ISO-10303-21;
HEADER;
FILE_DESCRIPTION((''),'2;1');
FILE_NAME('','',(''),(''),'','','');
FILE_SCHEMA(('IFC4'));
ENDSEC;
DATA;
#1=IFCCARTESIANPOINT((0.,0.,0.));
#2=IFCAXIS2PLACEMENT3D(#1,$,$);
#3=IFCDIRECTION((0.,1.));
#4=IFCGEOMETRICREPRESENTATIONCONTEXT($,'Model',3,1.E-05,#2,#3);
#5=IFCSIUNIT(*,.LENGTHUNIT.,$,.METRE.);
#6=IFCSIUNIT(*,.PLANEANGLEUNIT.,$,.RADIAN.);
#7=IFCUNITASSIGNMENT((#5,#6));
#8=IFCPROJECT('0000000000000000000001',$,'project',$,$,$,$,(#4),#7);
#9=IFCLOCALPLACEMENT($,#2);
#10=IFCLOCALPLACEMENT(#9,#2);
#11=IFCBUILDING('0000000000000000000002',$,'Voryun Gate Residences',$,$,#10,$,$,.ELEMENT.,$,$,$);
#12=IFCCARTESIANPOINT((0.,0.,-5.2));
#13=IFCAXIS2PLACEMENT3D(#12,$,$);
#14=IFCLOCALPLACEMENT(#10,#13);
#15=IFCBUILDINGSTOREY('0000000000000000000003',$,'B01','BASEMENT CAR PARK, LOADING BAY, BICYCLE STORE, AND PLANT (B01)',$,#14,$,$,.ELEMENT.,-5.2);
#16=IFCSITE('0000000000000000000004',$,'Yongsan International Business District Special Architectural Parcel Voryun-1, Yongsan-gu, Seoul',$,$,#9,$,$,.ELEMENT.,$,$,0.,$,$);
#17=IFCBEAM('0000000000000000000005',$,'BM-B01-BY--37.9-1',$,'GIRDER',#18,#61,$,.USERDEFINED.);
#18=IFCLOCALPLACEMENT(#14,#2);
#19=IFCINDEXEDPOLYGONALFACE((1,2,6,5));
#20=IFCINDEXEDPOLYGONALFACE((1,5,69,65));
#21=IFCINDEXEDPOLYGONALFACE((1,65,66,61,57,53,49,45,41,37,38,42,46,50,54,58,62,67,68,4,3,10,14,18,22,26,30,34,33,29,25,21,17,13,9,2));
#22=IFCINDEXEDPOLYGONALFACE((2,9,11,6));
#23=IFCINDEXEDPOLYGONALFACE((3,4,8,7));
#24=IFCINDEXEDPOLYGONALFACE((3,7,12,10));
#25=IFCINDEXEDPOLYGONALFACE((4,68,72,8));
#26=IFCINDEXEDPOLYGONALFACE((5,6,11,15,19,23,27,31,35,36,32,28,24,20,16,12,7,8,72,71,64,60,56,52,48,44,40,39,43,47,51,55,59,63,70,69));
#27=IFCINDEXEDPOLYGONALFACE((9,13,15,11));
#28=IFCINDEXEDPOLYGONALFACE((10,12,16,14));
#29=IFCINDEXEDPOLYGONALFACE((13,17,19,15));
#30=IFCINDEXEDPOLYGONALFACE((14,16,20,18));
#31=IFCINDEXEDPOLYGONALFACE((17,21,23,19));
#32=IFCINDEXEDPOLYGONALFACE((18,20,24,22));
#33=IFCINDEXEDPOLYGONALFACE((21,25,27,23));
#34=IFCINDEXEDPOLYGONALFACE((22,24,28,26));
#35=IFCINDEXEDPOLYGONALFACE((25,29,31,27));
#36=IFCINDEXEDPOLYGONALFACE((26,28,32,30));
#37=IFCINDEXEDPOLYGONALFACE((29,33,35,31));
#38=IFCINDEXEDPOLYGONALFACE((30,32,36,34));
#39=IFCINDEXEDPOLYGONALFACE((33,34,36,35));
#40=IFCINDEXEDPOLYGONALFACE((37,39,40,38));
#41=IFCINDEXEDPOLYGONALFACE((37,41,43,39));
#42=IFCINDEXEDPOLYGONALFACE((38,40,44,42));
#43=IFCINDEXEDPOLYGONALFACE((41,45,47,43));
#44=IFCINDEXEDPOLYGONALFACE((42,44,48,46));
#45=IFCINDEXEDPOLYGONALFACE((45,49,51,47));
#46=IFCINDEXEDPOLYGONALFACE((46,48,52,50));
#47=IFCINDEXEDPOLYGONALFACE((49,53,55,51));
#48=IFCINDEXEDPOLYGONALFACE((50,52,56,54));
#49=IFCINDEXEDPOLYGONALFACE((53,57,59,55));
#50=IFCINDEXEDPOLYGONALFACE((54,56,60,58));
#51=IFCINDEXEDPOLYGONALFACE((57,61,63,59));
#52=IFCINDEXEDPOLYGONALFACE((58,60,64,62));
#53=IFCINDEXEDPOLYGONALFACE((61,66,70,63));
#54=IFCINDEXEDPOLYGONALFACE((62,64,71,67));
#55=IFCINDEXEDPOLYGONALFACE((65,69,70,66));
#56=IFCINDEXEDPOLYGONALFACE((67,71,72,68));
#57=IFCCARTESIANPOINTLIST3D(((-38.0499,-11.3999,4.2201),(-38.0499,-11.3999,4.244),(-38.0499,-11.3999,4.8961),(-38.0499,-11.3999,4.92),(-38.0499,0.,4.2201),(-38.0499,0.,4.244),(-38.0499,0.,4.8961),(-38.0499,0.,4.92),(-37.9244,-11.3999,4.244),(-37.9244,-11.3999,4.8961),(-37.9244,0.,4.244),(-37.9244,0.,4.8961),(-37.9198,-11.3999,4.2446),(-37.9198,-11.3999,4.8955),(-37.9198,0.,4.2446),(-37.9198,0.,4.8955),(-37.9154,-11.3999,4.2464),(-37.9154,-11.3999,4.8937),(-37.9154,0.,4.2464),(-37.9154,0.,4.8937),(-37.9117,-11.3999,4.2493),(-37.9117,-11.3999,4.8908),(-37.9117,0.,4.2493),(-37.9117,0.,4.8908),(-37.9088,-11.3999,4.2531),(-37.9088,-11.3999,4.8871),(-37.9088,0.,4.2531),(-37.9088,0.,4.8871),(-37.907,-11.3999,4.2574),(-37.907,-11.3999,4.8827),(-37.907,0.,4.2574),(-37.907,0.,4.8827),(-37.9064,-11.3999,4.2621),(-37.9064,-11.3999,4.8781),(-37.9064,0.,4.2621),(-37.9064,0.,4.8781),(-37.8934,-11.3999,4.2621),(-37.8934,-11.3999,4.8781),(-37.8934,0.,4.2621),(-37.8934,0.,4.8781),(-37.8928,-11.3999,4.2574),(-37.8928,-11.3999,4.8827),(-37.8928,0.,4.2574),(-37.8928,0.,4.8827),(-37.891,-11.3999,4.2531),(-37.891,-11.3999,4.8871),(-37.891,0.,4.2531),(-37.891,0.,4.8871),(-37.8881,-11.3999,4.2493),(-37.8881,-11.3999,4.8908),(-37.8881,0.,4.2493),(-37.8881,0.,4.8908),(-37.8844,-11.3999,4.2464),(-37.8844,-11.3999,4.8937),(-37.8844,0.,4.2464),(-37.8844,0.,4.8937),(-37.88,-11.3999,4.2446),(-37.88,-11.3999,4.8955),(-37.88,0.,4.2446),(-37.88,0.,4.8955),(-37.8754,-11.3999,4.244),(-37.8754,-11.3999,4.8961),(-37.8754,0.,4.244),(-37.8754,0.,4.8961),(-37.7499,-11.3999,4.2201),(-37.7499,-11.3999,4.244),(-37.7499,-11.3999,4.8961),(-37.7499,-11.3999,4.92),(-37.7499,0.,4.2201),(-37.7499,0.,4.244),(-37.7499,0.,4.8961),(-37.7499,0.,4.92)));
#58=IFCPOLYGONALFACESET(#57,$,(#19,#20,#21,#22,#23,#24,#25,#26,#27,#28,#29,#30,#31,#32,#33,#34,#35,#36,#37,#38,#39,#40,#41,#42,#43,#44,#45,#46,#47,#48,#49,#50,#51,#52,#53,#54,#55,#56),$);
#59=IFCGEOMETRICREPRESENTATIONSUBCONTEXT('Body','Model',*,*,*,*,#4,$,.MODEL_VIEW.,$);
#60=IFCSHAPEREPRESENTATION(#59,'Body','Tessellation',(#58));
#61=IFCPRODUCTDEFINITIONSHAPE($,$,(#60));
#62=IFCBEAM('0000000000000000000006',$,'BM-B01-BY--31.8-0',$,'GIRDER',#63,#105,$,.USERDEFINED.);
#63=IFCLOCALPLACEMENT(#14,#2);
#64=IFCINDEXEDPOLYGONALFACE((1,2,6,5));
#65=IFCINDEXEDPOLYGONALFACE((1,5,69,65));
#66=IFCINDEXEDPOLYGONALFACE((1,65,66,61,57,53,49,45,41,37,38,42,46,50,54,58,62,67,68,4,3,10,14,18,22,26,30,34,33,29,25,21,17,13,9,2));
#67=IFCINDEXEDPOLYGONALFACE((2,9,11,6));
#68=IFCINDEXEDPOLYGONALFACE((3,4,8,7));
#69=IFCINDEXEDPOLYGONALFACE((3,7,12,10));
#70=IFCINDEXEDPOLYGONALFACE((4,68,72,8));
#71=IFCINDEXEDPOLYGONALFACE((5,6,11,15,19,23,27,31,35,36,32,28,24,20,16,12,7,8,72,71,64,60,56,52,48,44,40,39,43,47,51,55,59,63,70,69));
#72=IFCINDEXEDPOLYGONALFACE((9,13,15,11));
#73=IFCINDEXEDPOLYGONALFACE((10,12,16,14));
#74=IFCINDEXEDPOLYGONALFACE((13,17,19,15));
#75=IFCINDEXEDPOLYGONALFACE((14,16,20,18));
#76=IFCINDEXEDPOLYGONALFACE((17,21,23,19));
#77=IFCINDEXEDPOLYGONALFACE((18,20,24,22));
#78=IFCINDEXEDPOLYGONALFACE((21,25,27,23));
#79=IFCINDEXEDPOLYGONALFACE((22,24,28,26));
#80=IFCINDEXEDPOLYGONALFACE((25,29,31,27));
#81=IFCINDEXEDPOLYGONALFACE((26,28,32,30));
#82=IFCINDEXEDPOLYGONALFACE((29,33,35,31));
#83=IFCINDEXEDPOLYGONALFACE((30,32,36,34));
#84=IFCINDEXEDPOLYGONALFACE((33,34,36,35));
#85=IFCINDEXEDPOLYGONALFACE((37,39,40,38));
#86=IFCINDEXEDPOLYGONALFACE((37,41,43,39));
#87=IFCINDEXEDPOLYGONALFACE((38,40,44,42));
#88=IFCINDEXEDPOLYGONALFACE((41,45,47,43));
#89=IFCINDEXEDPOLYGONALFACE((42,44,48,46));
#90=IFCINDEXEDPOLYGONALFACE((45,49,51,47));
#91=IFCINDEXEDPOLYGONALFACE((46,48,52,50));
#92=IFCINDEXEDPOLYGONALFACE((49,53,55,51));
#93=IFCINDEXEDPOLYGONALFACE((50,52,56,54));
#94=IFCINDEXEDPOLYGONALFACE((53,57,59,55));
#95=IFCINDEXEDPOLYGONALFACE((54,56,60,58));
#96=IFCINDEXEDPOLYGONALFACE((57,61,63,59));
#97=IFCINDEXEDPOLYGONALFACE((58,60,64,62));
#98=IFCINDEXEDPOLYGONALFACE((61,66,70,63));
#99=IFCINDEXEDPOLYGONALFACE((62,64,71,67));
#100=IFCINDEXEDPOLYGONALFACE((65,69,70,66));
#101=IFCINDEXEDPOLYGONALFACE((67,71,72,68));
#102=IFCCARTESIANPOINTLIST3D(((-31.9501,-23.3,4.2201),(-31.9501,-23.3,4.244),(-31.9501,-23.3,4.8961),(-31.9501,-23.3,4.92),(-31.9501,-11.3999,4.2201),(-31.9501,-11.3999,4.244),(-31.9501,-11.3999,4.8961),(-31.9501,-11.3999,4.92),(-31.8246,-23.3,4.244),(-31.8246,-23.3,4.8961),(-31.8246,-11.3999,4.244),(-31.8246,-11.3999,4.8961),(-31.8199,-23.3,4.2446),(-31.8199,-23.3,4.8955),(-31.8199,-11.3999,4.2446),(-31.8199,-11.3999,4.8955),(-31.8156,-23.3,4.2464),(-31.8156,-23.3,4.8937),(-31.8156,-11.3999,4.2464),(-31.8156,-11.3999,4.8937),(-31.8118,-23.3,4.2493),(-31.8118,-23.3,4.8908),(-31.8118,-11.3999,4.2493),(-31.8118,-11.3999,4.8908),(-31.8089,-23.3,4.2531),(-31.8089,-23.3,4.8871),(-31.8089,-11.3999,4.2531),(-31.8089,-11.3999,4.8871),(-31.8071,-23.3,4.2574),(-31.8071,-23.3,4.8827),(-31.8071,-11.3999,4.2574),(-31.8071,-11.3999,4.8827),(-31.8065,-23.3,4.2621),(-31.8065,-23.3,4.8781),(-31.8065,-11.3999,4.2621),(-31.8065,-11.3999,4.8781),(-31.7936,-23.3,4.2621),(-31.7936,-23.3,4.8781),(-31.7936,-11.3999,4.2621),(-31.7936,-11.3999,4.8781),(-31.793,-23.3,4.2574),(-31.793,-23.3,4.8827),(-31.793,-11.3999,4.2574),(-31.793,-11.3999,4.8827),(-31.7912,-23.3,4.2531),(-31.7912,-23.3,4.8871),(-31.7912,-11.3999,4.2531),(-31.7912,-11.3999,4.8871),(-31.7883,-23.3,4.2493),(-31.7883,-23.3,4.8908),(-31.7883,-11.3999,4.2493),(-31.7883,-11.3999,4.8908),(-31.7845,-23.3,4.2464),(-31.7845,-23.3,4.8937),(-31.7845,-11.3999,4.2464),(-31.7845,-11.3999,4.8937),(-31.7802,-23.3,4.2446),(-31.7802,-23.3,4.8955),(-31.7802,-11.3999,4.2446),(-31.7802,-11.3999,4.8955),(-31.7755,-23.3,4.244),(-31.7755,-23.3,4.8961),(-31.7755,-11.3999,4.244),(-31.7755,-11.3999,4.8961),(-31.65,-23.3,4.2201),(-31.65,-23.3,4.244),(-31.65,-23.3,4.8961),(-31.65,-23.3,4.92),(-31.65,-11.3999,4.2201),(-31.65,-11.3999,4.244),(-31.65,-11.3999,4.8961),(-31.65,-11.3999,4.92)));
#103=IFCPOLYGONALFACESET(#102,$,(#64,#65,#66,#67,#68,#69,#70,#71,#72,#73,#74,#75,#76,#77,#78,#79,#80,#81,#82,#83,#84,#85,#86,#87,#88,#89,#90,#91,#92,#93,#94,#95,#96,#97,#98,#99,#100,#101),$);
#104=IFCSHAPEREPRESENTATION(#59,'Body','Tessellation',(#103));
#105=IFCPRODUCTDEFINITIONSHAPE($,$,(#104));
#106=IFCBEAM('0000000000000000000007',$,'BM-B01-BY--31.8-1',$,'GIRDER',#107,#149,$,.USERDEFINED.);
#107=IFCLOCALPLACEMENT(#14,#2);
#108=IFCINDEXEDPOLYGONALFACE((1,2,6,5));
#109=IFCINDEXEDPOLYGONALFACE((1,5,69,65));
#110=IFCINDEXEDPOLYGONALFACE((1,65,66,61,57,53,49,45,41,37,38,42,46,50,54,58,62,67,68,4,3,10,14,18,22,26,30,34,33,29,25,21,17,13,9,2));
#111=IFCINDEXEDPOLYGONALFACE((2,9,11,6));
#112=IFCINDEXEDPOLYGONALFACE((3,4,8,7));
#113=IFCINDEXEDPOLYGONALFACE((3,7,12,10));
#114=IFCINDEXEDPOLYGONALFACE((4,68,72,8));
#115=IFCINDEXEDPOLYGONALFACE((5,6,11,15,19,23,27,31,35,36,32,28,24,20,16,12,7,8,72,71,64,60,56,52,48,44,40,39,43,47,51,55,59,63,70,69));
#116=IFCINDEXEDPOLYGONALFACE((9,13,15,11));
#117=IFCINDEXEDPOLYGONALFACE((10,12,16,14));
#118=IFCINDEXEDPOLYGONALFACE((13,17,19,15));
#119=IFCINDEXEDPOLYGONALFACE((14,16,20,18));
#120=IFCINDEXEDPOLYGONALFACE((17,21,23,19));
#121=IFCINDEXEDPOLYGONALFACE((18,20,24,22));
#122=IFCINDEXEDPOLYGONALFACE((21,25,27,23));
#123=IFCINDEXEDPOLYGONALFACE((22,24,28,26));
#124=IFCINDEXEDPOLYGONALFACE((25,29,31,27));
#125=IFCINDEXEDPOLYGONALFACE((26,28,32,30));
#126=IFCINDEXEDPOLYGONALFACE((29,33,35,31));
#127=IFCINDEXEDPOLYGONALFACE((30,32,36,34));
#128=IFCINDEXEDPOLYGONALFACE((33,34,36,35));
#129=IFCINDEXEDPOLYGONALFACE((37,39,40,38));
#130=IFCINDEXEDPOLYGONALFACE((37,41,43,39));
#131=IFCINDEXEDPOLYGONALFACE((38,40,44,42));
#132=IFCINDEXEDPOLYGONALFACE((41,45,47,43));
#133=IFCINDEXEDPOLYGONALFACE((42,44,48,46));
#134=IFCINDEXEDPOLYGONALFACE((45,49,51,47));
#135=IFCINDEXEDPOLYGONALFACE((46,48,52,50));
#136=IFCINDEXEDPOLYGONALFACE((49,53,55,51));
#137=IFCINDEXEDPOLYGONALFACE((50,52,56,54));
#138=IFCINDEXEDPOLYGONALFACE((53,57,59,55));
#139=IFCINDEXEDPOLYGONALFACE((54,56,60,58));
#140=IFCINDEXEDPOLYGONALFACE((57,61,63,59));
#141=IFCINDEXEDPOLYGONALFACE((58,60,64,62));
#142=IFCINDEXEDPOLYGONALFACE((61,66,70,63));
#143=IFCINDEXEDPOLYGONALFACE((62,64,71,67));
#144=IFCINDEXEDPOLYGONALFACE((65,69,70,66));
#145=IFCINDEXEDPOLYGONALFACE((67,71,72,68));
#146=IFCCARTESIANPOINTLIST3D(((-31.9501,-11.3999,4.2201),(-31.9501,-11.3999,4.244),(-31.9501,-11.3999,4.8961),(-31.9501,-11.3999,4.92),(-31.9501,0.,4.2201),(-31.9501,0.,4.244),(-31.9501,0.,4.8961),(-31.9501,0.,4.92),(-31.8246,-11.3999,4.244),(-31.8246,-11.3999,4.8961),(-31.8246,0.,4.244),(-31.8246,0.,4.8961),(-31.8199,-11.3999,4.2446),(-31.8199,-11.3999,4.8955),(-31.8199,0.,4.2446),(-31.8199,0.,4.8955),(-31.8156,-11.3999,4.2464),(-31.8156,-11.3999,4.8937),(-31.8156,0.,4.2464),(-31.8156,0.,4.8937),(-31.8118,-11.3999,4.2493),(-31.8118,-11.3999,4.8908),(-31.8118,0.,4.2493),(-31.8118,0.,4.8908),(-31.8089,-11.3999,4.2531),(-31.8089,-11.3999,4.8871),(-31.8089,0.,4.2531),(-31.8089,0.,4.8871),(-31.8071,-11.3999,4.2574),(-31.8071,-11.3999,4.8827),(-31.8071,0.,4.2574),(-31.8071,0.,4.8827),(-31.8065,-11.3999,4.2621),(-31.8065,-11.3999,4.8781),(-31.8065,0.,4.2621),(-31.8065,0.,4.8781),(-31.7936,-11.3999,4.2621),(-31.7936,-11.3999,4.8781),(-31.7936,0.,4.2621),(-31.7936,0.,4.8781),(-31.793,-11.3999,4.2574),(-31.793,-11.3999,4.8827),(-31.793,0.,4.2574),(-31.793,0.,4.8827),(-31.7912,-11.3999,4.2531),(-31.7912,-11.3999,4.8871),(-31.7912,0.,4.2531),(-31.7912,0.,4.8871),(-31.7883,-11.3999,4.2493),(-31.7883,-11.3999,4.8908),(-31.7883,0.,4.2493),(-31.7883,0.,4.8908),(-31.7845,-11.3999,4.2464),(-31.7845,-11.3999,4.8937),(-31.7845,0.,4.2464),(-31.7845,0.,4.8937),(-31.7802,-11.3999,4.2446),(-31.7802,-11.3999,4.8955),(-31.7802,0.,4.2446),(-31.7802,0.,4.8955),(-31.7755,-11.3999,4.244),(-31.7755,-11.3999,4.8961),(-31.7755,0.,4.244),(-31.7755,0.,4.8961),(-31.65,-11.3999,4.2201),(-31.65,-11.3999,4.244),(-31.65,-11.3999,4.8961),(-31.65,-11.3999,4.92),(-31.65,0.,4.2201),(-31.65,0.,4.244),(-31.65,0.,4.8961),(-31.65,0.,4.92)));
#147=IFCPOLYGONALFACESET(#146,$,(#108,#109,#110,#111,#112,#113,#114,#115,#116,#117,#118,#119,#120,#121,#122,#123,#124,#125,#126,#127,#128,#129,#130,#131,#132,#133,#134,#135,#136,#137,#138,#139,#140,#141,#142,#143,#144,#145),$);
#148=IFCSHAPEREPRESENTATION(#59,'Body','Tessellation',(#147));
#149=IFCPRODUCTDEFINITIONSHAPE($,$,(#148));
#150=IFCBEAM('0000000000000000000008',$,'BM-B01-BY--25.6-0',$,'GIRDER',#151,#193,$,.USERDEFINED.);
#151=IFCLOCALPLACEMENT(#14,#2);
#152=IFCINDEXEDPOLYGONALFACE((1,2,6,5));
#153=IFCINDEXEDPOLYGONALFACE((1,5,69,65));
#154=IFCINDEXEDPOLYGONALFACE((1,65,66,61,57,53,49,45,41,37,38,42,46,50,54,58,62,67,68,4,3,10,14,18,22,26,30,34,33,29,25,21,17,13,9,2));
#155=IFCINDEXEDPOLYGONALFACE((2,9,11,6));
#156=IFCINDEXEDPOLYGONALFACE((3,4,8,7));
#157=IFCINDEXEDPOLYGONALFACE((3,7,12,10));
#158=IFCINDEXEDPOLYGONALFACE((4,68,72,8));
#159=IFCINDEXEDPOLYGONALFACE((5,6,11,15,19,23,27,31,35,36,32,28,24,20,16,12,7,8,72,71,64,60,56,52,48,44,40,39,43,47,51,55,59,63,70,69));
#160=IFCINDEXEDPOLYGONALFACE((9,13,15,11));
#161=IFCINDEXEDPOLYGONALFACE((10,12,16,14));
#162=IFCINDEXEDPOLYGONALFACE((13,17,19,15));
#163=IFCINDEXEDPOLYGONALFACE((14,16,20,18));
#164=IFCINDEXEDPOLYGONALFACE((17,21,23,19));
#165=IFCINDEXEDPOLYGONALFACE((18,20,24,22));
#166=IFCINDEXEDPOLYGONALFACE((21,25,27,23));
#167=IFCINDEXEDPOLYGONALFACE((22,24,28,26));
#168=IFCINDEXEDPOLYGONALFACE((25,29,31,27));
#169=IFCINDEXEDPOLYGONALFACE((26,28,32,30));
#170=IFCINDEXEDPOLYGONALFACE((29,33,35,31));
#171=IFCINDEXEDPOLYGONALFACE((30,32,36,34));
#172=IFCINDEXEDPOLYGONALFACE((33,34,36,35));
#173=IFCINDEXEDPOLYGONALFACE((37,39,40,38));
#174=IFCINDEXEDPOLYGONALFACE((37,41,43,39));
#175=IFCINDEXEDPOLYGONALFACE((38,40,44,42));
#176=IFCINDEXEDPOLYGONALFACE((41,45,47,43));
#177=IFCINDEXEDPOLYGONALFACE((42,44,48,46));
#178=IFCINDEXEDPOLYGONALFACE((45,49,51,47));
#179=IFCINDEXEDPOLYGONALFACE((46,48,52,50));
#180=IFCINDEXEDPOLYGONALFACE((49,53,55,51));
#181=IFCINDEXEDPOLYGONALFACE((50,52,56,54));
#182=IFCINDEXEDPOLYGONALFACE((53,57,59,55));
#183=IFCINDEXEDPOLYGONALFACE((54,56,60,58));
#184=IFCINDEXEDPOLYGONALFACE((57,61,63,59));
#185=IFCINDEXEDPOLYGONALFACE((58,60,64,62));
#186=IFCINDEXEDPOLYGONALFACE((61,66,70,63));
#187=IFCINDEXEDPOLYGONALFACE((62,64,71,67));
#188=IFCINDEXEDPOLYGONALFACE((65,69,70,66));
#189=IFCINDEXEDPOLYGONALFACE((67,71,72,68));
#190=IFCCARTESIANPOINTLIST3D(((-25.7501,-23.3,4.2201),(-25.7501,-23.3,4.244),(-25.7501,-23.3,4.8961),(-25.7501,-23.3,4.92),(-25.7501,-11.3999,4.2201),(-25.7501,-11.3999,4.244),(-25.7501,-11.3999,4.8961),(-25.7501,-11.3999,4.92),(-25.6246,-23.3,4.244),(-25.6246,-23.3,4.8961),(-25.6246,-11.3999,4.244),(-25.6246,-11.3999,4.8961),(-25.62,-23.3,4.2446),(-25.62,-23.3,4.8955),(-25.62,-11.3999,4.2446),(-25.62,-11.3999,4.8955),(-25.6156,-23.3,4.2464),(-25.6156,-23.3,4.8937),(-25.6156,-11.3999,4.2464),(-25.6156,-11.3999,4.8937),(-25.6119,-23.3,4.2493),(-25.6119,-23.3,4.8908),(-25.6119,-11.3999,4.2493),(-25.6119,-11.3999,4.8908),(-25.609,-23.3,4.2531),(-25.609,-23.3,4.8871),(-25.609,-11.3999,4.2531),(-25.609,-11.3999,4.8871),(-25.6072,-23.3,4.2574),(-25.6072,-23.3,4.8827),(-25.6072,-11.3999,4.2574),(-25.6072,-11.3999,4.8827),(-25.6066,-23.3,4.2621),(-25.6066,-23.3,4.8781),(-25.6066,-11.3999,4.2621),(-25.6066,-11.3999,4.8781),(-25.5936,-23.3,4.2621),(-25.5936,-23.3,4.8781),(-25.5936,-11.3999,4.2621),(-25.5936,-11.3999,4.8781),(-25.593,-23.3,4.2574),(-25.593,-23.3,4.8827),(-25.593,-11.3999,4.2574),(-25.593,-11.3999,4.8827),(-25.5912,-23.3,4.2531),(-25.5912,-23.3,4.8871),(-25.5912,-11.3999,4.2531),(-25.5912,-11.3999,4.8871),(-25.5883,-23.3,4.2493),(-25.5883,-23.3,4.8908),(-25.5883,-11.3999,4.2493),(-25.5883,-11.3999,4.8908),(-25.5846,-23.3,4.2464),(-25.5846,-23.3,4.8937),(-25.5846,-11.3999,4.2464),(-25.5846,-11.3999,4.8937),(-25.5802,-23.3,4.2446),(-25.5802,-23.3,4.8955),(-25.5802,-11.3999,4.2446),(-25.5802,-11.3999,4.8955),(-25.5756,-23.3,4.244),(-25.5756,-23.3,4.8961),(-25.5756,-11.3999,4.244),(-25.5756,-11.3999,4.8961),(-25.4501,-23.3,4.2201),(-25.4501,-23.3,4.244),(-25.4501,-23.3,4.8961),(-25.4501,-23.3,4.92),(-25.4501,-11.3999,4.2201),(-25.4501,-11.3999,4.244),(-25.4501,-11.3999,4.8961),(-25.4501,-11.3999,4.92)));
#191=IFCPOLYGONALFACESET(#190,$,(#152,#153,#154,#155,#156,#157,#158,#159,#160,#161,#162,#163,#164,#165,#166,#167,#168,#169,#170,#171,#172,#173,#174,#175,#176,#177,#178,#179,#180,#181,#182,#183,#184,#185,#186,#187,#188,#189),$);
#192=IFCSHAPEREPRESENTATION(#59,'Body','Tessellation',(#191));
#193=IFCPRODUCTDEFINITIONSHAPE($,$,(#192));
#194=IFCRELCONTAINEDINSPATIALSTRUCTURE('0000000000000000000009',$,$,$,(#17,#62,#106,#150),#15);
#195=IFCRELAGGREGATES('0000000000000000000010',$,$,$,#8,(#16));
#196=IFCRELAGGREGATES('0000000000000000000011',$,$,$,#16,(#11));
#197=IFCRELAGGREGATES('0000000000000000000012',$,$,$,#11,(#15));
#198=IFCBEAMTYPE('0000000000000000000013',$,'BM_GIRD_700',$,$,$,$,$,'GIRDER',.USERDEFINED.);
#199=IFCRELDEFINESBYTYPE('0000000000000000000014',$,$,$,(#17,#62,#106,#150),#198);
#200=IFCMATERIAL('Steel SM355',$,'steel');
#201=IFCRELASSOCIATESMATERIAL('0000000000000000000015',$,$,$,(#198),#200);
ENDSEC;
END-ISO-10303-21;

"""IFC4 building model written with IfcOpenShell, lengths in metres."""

from ifc_helpers import new_model, si_unit, direction, frame, origin, origin_2d, place, context, subcontext, project, spatial, i_section, extrude, material, material_profile, profile_set, type_object, element, save


model = new_model("IFC4")

# Units and contexts
model_context = context("Model", 3, precision=1e-05, world=origin(), true_north=direction((0.0, 1.0)))
body_context = subcontext(model_context, "Body", "Model", "MODEL_VIEW")
ifc_project = project(units=[si_unit("LENGTHUNIT", "METRE"), si_unit("PLANEANGLEUNIT", "RADIAN")], contexts=[model_context])

# Site, building, storey
site_placement = place(None, origin())
site = spatial("IfcSite", under=ifc_project, at=site_placement, Name="Yongsan International Business District Special Architectural Parcel Voryun-1, Yongsan-gu, Seoul", CompositionType="ELEMENT", RefElevation=0.0)
building_placement = place(site_placement, origin())
building = spatial("IfcBuilding", under=site, at=building_placement, Name="Voryun Gate Residences", CompositionType="ELEMENT")
storey_placement = place(building_placement, frame((0.0, 0.0, -5.2)))
storey = spatial("IfcBuildingStorey", under=building, at=storey_placement, Name="B01", Description="BASEMENT CAR PARK, LOADING BAY, BICYCLE STORE, AND PLANT (B01)", CompositionType="ELEMENT", Elevation=-5.2)

# Beams
ifc_material_1 = material(Name="Steel SM355", Category="steel")
ifc_material_profile_1 = material_profile(ifc_material_1, i_section(OverallWidth=0.3, OverallDepth=0.7, WebThickness=0.0129, FlangeThickness=0.0239, FilletRadius=0.0181, at=origin_2d()), Name="H-700x300x13x24")
ifc_profile_set_1 = profile_set([ifc_material_profile_1], Name="Steel SM355")
beam_type_1 = type_object("IfcBeamType", Name="BM_GIRD_700", ElementType="GIRDER", PredefinedType="USERDEFINED", material=ifc_profile_set_1)
beam_1_placement = place(storey_placement, frame((-37.8999, -11.3999, 4.5701), z_axis=(0.0, 1.0, 0.0), x_axis=(-1.0, 0.0, 0.0)))
element("IfcBeam", 1, at=beam_1_placement, inside=storey, type_object=beam_type_1, Name="BM-B01-BY--37.9-1", ObjectType="GIRDER", PredefinedType="USERDEFINED", context=body_context, shape_type="SweptSolid", body=[
    extrude(i_section(OverallWidth=0.3, OverallDepth=0.7, WebThickness=0.0129, FlangeThickness=0.0239, FilletRadius=0.0181, at=origin_2d()), origin(), (0.0, 0.0, 1.0), 11.3999),
])
beam_2_placement = place(storey_placement, frame((-31.8, -23.3, 4.5701), z_axis=(0.0, 1.0, 0.0), x_axis=(-1.0, 0.0, 0.0)))
element("IfcBeam", 2, at=beam_2_placement, inside=storey, type_object=beam_type_1, Name="BM-B01-BY--31.8-0", ObjectType="GIRDER", PredefinedType="USERDEFINED", context=body_context, shape_type="SweptSolid", body=[
    extrude(i_section(OverallWidth=0.3, OverallDepth=0.7, WebThickness=0.0129, FlangeThickness=0.0239, FilletRadius=0.0181, at=origin_2d()), origin(), (0.0, 0.0, 1.0), 11.9001),
])
beam_3_placement = place(storey_placement, frame((-31.8, -11.3999, 4.5701), z_axis=(0.0, 1.0, 0.0), x_axis=(-1.0, 0.0, 0.0)))
element("IfcBeam", 3, at=beam_3_placement, inside=storey, type_object=beam_type_1, Name="BM-B01-BY--31.8-1", ObjectType="GIRDER", PredefinedType="USERDEFINED", context=body_context, shape_type="SweptSolid", body=[
    extrude(i_section(OverallWidth=0.3, OverallDepth=0.7, WebThickness=0.0129, FlangeThickness=0.0239, FilletRadius=0.0181, at=origin_2d()), origin(), (0.0, 0.0, 1.0), 11.3999),
])
beam_4_placement = place(storey_placement, frame((-25.6001, -23.3, 4.5701), z_axis=(0.0, 1.0, 0.0), x_axis=(-1.0, 0.0, 0.0)))
element("IfcBeam", 4, at=beam_4_placement, inside=storey, type_object=beam_type_1, Name="BM-B01-BY--25.6-0", ObjectType="GIRDER", PredefinedType="USERDEFINED", context=body_context, shape_type="SweptSolid", body=[
    extrude(i_section(OverallWidth=0.3, OverallDepth=0.7, WebThickness=0.0129, FlangeThickness=0.0239, FilletRadius=0.0181, at=origin_2d()), origin(), (0.0, 0.0, 1.0), 11.9001),
])

save(model, "model.ifc")
